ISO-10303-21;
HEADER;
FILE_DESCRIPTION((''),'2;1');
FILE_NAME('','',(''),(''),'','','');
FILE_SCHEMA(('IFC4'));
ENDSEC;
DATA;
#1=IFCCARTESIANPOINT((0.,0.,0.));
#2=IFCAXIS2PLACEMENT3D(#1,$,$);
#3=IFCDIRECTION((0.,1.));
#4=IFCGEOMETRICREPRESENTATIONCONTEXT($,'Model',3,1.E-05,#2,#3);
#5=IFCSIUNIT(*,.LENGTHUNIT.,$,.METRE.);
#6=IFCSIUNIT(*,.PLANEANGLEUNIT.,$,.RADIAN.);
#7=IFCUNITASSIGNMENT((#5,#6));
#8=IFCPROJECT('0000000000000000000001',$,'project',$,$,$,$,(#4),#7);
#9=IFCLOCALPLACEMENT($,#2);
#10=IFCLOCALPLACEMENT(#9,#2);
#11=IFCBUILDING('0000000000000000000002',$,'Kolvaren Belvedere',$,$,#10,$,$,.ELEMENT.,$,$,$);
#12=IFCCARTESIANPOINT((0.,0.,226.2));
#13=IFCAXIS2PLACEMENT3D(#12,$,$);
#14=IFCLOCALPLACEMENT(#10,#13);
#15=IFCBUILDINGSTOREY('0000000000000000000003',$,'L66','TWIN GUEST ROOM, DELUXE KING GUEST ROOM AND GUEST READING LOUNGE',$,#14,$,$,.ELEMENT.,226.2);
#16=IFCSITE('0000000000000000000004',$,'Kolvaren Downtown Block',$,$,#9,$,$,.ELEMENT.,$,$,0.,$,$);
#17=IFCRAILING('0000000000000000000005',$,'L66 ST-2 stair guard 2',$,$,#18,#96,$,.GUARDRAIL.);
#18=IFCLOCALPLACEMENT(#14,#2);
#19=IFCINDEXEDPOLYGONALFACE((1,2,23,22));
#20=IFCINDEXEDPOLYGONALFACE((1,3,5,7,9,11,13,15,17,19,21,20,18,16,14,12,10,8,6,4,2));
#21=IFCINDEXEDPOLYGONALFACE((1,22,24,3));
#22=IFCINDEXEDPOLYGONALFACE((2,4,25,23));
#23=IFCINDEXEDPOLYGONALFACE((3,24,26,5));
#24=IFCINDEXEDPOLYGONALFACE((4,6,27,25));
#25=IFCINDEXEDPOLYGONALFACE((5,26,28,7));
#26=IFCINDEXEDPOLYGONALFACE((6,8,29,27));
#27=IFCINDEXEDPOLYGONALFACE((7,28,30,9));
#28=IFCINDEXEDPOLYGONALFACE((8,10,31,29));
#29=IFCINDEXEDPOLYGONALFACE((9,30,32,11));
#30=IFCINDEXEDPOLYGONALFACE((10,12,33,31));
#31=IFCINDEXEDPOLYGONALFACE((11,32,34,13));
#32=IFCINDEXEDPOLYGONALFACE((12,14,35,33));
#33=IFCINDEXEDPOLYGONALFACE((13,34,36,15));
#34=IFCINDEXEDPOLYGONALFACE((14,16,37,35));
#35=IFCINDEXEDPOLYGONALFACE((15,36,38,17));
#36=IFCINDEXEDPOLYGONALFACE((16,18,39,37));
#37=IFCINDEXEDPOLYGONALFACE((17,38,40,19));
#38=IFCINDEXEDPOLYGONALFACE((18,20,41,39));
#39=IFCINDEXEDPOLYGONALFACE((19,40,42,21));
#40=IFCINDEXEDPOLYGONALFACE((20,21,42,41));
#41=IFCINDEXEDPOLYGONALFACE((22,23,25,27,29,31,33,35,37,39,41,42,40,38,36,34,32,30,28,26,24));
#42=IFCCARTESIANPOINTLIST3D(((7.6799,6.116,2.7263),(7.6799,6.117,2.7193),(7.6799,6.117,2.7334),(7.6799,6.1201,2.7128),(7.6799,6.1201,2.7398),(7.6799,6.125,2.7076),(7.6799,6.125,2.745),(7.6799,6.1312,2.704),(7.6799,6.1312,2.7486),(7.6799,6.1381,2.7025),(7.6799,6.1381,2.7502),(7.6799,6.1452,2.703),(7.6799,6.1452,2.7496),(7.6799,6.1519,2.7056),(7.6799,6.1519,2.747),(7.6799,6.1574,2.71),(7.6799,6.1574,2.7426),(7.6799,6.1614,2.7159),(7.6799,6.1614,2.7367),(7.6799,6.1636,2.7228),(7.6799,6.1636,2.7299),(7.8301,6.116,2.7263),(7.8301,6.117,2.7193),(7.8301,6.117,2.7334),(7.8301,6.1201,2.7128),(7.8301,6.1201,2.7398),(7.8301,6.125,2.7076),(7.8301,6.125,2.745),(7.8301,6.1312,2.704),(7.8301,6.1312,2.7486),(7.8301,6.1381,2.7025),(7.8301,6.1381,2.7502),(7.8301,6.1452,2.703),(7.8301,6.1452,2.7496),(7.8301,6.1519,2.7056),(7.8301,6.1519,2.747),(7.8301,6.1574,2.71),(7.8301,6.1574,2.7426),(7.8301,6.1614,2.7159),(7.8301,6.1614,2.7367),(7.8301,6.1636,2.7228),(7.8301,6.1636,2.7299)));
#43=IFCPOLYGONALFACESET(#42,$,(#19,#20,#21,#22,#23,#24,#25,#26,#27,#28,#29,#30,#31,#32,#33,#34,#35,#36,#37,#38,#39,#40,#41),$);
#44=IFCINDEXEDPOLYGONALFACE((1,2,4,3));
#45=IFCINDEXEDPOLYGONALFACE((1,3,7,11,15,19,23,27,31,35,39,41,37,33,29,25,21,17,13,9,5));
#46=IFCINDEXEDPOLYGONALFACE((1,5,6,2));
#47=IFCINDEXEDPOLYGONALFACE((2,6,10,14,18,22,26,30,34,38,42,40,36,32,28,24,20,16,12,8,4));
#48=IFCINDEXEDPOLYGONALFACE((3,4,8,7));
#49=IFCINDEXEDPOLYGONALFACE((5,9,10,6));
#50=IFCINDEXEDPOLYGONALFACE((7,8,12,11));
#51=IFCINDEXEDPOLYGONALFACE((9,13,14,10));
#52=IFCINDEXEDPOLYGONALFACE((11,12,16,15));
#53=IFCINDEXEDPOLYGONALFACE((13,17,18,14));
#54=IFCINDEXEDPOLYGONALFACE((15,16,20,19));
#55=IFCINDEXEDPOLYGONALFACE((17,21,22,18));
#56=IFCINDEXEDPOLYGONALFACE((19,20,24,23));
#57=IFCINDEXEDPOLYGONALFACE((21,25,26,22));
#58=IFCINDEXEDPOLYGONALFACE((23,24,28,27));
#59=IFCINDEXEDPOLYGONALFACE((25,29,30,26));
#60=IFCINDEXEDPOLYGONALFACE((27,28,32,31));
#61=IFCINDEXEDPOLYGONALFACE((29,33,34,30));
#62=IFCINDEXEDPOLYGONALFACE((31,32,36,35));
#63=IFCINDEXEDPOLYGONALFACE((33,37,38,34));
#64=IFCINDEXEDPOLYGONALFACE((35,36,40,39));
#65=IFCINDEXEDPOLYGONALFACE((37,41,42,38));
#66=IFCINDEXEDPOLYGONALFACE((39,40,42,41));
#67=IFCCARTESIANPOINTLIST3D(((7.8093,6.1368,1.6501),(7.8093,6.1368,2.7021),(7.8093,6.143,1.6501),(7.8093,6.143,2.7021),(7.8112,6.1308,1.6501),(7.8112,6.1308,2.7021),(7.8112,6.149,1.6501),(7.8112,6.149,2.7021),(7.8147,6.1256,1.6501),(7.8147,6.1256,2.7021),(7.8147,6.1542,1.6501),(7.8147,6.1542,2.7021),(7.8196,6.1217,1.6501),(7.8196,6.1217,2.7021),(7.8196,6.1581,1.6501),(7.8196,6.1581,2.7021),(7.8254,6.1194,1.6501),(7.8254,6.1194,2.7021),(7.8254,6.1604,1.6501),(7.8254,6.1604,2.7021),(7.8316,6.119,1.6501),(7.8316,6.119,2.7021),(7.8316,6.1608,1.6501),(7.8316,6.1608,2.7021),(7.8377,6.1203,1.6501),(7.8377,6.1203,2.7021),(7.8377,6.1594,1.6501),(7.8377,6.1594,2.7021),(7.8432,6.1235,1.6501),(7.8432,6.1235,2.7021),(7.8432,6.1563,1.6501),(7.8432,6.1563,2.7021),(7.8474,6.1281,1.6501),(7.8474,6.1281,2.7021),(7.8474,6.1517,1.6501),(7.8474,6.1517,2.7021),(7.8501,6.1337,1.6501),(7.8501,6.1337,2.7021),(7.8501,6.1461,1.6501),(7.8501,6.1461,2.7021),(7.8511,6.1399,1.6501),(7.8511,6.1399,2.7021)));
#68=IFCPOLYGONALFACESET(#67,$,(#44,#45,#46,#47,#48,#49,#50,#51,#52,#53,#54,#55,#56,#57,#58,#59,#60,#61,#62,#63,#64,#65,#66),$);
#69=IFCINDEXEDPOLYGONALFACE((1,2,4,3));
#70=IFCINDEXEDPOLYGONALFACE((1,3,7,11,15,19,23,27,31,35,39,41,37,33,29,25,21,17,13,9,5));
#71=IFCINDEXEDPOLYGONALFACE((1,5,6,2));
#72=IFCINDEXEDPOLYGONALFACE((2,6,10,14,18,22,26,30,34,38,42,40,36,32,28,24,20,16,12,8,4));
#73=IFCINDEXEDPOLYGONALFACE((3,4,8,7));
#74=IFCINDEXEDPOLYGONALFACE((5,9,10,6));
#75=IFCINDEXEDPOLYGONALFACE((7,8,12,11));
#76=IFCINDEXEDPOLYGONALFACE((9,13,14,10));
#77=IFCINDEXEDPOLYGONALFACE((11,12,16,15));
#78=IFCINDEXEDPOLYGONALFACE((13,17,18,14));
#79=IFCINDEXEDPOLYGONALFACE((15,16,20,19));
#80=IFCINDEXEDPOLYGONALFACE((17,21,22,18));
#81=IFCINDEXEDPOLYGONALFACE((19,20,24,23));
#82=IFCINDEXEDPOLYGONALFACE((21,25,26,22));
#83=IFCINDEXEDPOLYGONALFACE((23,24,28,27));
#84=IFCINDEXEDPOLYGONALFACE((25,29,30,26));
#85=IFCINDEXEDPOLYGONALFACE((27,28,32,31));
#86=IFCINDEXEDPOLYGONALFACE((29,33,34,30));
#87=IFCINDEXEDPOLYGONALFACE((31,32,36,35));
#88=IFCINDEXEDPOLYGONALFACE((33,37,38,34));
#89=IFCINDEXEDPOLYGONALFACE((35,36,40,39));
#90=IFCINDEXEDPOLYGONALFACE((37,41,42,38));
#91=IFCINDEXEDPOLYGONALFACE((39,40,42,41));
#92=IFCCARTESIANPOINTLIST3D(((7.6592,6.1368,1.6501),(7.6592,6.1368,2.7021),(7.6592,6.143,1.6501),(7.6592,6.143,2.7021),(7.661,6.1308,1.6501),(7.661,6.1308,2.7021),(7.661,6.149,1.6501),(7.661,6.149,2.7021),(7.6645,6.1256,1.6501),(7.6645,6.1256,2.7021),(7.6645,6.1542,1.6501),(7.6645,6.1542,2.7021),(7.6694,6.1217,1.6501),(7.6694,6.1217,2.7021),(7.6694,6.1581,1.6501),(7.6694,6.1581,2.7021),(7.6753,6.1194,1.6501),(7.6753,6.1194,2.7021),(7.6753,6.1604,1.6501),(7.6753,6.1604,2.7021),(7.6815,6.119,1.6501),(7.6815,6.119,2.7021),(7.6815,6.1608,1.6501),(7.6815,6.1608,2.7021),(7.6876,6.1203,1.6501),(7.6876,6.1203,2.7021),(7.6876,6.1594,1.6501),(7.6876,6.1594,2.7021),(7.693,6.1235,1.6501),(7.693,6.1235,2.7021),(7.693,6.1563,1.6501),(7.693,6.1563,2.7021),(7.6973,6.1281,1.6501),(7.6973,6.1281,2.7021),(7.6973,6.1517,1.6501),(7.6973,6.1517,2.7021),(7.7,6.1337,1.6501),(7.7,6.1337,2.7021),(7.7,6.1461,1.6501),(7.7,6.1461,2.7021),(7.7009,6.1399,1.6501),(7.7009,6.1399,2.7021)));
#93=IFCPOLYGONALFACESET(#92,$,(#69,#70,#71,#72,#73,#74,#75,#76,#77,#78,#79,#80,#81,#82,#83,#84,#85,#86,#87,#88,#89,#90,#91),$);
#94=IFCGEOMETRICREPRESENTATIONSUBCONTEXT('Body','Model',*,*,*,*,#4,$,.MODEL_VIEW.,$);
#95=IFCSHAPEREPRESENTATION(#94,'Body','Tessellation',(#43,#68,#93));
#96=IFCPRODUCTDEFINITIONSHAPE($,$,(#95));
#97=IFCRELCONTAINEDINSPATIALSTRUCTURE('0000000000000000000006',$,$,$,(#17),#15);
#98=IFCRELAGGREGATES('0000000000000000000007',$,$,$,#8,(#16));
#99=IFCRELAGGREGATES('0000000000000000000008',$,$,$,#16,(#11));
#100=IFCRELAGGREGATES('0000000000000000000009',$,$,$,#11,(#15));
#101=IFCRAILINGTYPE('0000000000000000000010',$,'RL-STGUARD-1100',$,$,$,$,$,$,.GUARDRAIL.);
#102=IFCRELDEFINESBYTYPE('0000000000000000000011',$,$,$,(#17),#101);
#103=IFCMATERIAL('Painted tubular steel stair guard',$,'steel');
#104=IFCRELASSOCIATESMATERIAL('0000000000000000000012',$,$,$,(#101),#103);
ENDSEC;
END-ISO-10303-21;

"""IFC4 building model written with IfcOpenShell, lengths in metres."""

from ifc_helpers import new_model, si_unit, direction, frame, origin, origin_2d, place, context, subcontext, project, spatial, circle, extrude, material, type_object, element, save


model = new_model("IFC4")

# Units and contexts
model_context = context("Model", 3, precision=1e-05, world=origin(), true_north=direction((0.0, 1.0)))
body_context = subcontext(model_context, "Body", "Model", "MODEL_VIEW")
ifc_project = project(units=[si_unit("LENGTHUNIT", "METRE"), si_unit("PLANEANGLEUNIT", "RADIAN")], contexts=[model_context])

# Site, building, storey
site_placement = place(None, origin())
site = spatial("IfcSite", under=ifc_project, at=site_placement, Name="Kolvaren Downtown Block", CompositionType="ELEMENT", RefElevation=0.0)
building_placement = place(site_placement, origin())
building = spatial("IfcBuilding", under=site, at=building_placement, Name="Kolvaren Belvedere", CompositionType="ELEMENT")
storey_placement = place(building_placement, frame((0.0, 0.0, 226.2)))
storey = spatial("IfcBuildingStorey", under=building, at=storey_placement, Name="L66", Description="TWIN GUEST ROOM, DELUXE KING GUEST ROOM AND GUEST READING LOUNGE", CompositionType="ELEMENT", Elevation=226.2)

# Railing
ifc_material_1 = material(Name="Painted tubular steel stair guard", Category="steel")
railing_type_1 = type_object("IfcRailingType", Name="RL-STGUARD-1100", PredefinedType="GUARDRAIL", material=ifc_material_1)
railing_1_placement = place(storey_placement, frame((7.8301, 6.1399, 1.6501)))
element("IfcRailing", 1, at=railing_1_placement, inside=storey, type_object=railing_type_1, Name="L66 ST-2 stair guard 2", PredefinedType="GUARDRAIL", context=body_context, shape_type="SweptSolid", body=[
    extrude(circle(Radius=0.0239, at=origin_2d()), frame((0.0, 0.0, 1.0762), z_axis=(-1.0, 0.0, 0.0), x_axis=(0.0, -1.0, 0.0)), (0.0, 0.0, 1.0), 0.1501),
    extrude(circle(Radius=0.021, at=origin_2d()), origin(), (0.0, 0.0, 1.0), 1.052),
    extrude(circle(Radius=0.021, at=origin_2d()), frame((-0.1501, 0.0, 0.0)), (0.0, 0.0, 1.0), 1.052),
])

save(model, "model.ifc")
